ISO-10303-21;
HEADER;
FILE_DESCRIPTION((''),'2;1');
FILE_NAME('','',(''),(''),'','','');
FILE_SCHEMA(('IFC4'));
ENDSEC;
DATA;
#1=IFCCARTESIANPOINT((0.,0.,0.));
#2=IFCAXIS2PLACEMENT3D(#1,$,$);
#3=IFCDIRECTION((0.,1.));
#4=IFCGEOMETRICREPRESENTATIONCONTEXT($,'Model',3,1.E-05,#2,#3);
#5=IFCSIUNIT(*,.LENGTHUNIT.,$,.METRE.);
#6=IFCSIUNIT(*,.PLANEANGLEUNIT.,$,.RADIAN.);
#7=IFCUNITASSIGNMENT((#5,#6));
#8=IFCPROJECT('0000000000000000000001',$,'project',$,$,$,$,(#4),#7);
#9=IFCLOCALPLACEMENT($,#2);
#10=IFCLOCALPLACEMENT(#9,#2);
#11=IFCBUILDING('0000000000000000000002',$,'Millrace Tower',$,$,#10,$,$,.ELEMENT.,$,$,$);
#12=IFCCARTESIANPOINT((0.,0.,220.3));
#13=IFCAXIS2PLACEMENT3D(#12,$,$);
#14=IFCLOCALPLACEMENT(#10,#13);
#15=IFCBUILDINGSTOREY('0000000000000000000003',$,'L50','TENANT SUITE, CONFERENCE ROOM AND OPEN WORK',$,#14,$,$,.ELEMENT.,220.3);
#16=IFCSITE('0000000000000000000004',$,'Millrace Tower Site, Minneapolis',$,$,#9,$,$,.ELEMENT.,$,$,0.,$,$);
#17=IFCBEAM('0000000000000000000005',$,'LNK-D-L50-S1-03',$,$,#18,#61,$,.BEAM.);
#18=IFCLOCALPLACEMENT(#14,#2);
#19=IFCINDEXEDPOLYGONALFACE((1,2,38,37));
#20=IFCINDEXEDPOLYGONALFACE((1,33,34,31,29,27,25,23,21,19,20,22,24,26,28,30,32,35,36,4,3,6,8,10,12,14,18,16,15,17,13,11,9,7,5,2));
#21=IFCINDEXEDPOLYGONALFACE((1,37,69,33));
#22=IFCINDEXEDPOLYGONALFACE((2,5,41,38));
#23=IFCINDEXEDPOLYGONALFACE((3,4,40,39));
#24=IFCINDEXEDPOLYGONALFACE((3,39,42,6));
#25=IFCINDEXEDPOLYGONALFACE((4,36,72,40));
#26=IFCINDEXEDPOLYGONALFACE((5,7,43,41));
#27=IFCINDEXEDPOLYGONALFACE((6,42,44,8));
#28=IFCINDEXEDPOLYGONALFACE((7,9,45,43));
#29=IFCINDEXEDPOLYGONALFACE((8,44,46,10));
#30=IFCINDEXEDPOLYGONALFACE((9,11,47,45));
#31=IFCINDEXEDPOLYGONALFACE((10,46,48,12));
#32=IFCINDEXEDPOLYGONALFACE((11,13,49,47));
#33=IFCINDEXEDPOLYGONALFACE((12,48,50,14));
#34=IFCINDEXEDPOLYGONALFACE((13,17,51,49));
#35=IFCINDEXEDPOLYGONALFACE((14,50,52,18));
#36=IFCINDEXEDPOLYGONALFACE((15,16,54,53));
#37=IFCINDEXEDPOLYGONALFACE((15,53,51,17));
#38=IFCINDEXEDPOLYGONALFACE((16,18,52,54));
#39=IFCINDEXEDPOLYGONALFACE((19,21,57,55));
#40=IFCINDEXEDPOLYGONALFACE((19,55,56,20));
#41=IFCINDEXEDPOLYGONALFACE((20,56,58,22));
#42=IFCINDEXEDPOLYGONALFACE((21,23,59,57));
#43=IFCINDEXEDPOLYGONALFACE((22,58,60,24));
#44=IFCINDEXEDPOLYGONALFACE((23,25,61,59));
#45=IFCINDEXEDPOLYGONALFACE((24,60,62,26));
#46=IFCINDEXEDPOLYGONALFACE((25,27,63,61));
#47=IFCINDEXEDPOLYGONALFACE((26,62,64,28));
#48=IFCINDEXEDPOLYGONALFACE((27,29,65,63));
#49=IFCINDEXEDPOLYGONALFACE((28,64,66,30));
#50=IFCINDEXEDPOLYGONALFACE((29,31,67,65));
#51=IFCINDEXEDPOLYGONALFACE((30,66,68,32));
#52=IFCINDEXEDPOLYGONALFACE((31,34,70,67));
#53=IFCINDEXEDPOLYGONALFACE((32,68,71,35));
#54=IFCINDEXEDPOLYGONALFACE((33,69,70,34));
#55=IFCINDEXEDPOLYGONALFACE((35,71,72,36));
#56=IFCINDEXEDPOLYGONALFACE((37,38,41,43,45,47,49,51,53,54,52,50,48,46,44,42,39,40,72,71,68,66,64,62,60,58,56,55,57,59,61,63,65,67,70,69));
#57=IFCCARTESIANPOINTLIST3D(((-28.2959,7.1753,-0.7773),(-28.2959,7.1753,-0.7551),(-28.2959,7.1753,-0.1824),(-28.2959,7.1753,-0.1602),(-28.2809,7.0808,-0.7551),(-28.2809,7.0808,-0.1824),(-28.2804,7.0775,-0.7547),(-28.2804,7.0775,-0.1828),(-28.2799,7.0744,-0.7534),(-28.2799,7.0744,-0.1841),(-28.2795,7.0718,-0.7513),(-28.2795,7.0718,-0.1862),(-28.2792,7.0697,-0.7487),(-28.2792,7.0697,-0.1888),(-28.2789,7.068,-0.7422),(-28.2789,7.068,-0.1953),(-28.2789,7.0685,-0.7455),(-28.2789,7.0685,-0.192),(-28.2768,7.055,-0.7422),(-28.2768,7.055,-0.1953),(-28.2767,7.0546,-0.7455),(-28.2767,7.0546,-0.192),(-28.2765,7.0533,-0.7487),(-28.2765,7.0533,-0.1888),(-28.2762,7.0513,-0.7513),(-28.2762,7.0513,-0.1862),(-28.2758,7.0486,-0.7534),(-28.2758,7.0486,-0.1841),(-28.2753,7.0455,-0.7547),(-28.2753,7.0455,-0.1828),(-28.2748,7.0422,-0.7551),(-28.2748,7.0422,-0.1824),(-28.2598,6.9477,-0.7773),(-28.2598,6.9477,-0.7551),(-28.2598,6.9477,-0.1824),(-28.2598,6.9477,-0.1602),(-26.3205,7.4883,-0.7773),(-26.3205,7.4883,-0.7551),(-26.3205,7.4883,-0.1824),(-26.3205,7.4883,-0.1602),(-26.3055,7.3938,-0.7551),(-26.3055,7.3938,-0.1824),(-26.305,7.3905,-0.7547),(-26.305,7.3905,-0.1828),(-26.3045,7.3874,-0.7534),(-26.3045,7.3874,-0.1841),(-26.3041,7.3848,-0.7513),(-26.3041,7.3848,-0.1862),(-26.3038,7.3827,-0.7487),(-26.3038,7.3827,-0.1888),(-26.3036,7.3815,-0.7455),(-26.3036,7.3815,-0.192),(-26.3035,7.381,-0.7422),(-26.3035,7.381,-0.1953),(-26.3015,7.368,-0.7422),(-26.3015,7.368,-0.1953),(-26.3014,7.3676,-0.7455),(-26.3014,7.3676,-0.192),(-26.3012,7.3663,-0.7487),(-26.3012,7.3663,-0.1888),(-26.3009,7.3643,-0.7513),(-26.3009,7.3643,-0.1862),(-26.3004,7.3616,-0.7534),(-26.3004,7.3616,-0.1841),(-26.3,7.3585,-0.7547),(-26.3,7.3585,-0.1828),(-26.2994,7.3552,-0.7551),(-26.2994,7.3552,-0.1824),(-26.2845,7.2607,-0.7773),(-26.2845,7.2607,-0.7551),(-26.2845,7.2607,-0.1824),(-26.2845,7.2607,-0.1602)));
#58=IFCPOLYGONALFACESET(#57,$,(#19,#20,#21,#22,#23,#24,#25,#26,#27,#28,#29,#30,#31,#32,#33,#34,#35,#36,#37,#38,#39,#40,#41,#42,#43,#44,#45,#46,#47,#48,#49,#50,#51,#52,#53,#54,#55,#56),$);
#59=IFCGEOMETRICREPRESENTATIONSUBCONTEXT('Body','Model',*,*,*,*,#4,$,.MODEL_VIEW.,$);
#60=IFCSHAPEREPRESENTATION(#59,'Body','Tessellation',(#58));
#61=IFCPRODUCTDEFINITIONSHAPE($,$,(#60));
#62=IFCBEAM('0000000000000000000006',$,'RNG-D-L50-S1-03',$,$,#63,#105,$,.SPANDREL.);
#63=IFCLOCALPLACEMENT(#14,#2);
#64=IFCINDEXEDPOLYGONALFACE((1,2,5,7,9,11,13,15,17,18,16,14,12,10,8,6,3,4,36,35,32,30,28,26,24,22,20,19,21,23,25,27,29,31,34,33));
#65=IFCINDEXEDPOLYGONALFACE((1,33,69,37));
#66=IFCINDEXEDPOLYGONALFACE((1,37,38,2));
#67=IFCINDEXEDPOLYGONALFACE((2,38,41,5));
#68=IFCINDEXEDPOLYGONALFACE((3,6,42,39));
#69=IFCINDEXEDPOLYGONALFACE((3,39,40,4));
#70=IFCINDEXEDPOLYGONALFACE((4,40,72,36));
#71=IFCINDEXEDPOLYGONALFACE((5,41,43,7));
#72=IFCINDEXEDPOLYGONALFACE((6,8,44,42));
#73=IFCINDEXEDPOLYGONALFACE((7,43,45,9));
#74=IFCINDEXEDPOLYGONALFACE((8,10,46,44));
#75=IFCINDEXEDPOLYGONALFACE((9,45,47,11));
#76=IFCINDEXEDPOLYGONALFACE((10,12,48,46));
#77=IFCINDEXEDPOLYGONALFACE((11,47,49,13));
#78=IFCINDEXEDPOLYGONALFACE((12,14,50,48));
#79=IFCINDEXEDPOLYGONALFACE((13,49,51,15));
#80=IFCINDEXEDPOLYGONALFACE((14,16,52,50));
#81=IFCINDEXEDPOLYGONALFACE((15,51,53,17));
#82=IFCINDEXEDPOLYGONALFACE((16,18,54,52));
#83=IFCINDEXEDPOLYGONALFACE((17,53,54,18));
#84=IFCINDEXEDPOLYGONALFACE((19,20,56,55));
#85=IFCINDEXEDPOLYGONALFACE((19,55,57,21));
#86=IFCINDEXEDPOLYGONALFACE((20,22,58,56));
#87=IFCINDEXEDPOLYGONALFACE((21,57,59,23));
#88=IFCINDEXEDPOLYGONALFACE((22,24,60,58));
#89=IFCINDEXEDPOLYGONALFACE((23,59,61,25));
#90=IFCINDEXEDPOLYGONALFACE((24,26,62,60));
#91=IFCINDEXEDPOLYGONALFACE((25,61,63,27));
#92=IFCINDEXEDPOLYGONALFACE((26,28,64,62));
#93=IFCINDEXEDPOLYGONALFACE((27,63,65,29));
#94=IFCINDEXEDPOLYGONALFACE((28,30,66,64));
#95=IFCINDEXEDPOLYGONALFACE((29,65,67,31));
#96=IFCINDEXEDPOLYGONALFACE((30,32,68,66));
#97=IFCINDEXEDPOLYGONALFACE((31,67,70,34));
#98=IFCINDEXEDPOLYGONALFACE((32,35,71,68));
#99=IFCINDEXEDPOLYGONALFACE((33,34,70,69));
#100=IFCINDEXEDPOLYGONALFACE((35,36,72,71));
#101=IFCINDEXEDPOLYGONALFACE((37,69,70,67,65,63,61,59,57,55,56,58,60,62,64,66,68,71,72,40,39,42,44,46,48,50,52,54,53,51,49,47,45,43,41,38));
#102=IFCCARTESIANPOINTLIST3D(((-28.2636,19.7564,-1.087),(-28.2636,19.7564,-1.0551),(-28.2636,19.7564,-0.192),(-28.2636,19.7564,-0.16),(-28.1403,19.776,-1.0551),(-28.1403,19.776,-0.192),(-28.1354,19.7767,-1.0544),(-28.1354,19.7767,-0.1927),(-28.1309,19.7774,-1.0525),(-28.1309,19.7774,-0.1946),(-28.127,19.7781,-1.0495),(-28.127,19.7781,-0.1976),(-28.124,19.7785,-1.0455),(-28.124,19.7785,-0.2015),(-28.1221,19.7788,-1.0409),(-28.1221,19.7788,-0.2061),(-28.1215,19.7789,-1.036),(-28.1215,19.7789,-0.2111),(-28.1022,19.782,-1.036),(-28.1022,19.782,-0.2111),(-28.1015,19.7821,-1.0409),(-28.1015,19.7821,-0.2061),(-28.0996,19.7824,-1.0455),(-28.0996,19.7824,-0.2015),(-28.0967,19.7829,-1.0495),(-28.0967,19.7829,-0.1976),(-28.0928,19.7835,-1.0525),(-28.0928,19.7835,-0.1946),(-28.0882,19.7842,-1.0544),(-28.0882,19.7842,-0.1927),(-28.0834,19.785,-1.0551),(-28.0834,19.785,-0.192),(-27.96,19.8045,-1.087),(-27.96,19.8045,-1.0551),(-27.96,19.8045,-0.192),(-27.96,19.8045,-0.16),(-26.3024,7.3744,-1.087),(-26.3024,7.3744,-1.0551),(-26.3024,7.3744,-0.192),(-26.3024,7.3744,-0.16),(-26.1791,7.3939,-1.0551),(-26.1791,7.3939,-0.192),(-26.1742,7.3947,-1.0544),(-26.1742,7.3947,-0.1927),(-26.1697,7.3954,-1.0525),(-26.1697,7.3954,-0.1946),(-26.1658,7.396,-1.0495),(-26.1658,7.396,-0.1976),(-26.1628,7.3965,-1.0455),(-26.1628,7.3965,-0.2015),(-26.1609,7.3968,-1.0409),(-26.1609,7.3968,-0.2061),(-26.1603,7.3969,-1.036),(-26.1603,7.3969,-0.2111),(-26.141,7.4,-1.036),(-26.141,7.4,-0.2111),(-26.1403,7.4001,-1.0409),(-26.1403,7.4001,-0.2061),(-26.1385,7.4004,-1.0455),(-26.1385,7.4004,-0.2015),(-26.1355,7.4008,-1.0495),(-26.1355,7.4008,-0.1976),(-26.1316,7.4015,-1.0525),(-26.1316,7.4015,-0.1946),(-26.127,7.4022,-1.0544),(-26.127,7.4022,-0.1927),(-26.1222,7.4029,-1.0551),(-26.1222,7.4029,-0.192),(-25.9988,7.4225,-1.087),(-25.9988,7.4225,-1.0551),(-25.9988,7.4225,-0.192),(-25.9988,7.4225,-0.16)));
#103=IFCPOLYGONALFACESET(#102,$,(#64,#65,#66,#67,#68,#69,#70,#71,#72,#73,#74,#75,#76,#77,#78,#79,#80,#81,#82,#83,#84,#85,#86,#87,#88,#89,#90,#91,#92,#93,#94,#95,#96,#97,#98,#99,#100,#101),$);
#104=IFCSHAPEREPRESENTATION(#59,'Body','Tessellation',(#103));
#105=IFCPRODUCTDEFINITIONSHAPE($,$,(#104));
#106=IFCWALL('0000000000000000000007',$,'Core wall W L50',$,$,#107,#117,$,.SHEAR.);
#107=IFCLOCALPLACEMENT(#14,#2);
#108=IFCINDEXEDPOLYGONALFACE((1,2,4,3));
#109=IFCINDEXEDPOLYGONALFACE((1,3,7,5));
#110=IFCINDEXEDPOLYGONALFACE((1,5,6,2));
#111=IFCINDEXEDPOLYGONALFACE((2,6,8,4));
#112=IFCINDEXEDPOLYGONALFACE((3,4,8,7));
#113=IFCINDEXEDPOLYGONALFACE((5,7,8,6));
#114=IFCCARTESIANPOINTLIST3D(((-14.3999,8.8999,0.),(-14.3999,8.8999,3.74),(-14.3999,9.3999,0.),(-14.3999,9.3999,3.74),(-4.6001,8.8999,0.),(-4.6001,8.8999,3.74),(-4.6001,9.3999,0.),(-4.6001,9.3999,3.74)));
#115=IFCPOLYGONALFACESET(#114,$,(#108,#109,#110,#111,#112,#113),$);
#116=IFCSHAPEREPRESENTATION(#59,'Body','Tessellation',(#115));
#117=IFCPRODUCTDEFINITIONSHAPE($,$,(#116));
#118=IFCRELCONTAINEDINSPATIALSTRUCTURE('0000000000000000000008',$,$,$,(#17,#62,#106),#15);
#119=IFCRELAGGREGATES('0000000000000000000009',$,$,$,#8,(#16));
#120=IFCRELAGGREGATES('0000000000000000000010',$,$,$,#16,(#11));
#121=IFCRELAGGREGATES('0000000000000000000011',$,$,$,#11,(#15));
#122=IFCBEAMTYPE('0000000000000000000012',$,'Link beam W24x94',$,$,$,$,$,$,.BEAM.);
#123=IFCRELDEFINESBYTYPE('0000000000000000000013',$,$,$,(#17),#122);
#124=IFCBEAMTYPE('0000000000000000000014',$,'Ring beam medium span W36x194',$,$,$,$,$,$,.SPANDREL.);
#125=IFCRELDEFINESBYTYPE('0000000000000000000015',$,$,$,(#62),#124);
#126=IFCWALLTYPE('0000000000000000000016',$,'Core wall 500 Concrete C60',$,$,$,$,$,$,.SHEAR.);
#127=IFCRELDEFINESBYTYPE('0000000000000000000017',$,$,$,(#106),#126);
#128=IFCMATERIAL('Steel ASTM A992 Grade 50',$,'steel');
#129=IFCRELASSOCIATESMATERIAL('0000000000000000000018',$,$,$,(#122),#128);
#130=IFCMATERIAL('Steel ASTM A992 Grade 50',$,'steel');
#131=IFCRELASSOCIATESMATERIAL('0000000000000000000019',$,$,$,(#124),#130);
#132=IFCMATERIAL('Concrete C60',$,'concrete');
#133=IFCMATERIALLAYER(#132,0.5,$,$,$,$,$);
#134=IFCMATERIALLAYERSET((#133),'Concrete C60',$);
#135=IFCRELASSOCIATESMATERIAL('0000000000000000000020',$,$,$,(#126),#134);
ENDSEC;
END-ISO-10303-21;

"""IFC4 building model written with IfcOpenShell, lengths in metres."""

from ifc_helpers import new_model, si_unit, direction, frame, frame_2d, origin, origin_2d, place, context, subcontext, project, spatial, rectangle, i_section, extrude, material, layer, layer_set, material_profile, profile_set, type_object, element, save


model = new_model("IFC4")

# Units and contexts
model_context = context("Model", 3, precision=1e-05, world=origin(), true_north=direction((0.0, 1.0)))
body_context = subcontext(model_context, "Body", "Model", "MODEL_VIEW")
ifc_project = project(units=[si_unit("LENGTHUNIT", "METRE"), si_unit("PLANEANGLEUNIT", "RADIAN")], contexts=[model_context])

# Site, building, storey
site_placement = place(None, origin())
site = spatial("IfcSite", under=ifc_project, at=site_placement, Name="Millrace Tower Site, Minneapolis", CompositionType="ELEMENT", RefElevation=0.0)
building_placement = place(site_placement, origin())
building = spatial("IfcBuilding", under=site, at=building_placement, Name="Millrace Tower", CompositionType="ELEMENT")
storey_placement = place(building_placement, frame((0.0, 0.0, 220.3)))
storey = spatial("IfcBuildingStorey", under=building, at=storey_placement, Name="L50", Description="TENANT SUITE, CONFERENCE ROOM AND OPEN WORK", CompositionType="ELEMENT", Elevation=220.3)

# Beams
ifc_material_1 = material(Name="Steel ASTM A992 Grade 50", Category="steel")
ifc_material_profile_1 = material_profile(ifc_material_1, i_section(OverallWidth=0.2305, OverallDepth=0.6172, WebThickness=0.0132, FlangeThickness=0.0222, FilletRadius=0.0129, at=origin_2d()))
ifc_profile_set_1 = profile_set([ifc_material_profile_1], Name="Steel ASTM A992 Grade 50")
beam_type_1 = type_object("IfcBeamType", Name="Link beam W24x94", PredefinedType="BEAM", material=ifc_profile_set_1)
beam_1_placement = place(storey_placement, frame((-26.3025, 7.3745, -0.4688), z_axis=(-0.987679, -0.156495, 0.0), x_axis=(0.156495, -0.987679, 0.0)))
element("IfcBeam", 1, at=beam_1_placement, inside=storey, type_object=beam_type_1, Name="LNK-D-L50-S1-03", PredefinedType="BEAM", context=body_context, shape_type="SweptSolid", body=[
    extrude(i_section(OverallWidth=0.2305, OverallDepth=0.6172, WebThickness=0.0132, FlangeThickness=0.0222, FilletRadius=0.0129, at=origin_2d()), origin(), (0.0, 0.0, 1.0), 2.0),
])
ifc_material_2 = material(Name="Steel ASTM A992 Grade 50", Category="steel")
ifc_material_profile_2 = material_profile(ifc_material_2, i_section(OverallWidth=0.3074, OverallDepth=0.927, WebThickness=0.0195, FlangeThickness=0.032, FilletRadius=0.019, at=origin_2d()))
ifc_profile_set_2 = profile_set([ifc_material_profile_2], Name="Steel ASTM A992 Grade 50")
beam_type_2 = type_object("IfcBeamType", Name="Ring beam medium span W36x194", PredefinedType="SPANDREL", material=ifc_profile_set_2)
beam_2_placement = place(storey_placement, frame((-26.1506, 7.3984, -0.6235), z_axis=(-0.156439, 0.987688, 0.0), x_axis=(-0.987688, -0.156439, 0.0)))
element("IfcBeam", 2, at=beam_2_placement, inside=storey, type_object=beam_type_2, Name="RNG-D-L50-S1-03", PredefinedType="SPANDREL", context=body_context, shape_type="SweptSolid", body=[
    extrude(i_section(OverallWidth=0.3074, OverallDepth=0.927, WebThickness=0.0195, FlangeThickness=0.032, FilletRadius=0.019, at=origin_2d()), origin(), (0.0, 0.0, 1.0), 12.5364),
])

# Wall
ifc_material_3 = material(Name="Concrete C60", Category="concrete")
ifc_layer_1 = layer(ifc_material_3, 0.5)
ifc_layer_set_1 = layer_set([ifc_layer_1], Name="Concrete C60")
wall_type_1 = type_object("IfcWallType", Name="Core wall 500 Concrete C60", PredefinedType="SHEAR", material=ifc_layer_set_1)
wall_1_placement = place(storey_placement, frame((-14.3999, 9.1499, 0.0), z_axis=(0.0, 0.0, 1.0), x_axis=(1.0, 0.0, 0.0)))
element("IfcWall", 3, at=wall_1_placement, inside=storey, type_object=wall_type_1, Name="Core wall W L50", PredefinedType="SHEAR", context=body_context, shape_type="SweptSolid", body=[
    extrude(rectangle(XDim=9.7998, YDim=0.5, at=frame_2d((4.8999, 0.0))), origin(), (0.0, 0.0, 1.0), 3.74),
])

save(model, "model.ifc")
